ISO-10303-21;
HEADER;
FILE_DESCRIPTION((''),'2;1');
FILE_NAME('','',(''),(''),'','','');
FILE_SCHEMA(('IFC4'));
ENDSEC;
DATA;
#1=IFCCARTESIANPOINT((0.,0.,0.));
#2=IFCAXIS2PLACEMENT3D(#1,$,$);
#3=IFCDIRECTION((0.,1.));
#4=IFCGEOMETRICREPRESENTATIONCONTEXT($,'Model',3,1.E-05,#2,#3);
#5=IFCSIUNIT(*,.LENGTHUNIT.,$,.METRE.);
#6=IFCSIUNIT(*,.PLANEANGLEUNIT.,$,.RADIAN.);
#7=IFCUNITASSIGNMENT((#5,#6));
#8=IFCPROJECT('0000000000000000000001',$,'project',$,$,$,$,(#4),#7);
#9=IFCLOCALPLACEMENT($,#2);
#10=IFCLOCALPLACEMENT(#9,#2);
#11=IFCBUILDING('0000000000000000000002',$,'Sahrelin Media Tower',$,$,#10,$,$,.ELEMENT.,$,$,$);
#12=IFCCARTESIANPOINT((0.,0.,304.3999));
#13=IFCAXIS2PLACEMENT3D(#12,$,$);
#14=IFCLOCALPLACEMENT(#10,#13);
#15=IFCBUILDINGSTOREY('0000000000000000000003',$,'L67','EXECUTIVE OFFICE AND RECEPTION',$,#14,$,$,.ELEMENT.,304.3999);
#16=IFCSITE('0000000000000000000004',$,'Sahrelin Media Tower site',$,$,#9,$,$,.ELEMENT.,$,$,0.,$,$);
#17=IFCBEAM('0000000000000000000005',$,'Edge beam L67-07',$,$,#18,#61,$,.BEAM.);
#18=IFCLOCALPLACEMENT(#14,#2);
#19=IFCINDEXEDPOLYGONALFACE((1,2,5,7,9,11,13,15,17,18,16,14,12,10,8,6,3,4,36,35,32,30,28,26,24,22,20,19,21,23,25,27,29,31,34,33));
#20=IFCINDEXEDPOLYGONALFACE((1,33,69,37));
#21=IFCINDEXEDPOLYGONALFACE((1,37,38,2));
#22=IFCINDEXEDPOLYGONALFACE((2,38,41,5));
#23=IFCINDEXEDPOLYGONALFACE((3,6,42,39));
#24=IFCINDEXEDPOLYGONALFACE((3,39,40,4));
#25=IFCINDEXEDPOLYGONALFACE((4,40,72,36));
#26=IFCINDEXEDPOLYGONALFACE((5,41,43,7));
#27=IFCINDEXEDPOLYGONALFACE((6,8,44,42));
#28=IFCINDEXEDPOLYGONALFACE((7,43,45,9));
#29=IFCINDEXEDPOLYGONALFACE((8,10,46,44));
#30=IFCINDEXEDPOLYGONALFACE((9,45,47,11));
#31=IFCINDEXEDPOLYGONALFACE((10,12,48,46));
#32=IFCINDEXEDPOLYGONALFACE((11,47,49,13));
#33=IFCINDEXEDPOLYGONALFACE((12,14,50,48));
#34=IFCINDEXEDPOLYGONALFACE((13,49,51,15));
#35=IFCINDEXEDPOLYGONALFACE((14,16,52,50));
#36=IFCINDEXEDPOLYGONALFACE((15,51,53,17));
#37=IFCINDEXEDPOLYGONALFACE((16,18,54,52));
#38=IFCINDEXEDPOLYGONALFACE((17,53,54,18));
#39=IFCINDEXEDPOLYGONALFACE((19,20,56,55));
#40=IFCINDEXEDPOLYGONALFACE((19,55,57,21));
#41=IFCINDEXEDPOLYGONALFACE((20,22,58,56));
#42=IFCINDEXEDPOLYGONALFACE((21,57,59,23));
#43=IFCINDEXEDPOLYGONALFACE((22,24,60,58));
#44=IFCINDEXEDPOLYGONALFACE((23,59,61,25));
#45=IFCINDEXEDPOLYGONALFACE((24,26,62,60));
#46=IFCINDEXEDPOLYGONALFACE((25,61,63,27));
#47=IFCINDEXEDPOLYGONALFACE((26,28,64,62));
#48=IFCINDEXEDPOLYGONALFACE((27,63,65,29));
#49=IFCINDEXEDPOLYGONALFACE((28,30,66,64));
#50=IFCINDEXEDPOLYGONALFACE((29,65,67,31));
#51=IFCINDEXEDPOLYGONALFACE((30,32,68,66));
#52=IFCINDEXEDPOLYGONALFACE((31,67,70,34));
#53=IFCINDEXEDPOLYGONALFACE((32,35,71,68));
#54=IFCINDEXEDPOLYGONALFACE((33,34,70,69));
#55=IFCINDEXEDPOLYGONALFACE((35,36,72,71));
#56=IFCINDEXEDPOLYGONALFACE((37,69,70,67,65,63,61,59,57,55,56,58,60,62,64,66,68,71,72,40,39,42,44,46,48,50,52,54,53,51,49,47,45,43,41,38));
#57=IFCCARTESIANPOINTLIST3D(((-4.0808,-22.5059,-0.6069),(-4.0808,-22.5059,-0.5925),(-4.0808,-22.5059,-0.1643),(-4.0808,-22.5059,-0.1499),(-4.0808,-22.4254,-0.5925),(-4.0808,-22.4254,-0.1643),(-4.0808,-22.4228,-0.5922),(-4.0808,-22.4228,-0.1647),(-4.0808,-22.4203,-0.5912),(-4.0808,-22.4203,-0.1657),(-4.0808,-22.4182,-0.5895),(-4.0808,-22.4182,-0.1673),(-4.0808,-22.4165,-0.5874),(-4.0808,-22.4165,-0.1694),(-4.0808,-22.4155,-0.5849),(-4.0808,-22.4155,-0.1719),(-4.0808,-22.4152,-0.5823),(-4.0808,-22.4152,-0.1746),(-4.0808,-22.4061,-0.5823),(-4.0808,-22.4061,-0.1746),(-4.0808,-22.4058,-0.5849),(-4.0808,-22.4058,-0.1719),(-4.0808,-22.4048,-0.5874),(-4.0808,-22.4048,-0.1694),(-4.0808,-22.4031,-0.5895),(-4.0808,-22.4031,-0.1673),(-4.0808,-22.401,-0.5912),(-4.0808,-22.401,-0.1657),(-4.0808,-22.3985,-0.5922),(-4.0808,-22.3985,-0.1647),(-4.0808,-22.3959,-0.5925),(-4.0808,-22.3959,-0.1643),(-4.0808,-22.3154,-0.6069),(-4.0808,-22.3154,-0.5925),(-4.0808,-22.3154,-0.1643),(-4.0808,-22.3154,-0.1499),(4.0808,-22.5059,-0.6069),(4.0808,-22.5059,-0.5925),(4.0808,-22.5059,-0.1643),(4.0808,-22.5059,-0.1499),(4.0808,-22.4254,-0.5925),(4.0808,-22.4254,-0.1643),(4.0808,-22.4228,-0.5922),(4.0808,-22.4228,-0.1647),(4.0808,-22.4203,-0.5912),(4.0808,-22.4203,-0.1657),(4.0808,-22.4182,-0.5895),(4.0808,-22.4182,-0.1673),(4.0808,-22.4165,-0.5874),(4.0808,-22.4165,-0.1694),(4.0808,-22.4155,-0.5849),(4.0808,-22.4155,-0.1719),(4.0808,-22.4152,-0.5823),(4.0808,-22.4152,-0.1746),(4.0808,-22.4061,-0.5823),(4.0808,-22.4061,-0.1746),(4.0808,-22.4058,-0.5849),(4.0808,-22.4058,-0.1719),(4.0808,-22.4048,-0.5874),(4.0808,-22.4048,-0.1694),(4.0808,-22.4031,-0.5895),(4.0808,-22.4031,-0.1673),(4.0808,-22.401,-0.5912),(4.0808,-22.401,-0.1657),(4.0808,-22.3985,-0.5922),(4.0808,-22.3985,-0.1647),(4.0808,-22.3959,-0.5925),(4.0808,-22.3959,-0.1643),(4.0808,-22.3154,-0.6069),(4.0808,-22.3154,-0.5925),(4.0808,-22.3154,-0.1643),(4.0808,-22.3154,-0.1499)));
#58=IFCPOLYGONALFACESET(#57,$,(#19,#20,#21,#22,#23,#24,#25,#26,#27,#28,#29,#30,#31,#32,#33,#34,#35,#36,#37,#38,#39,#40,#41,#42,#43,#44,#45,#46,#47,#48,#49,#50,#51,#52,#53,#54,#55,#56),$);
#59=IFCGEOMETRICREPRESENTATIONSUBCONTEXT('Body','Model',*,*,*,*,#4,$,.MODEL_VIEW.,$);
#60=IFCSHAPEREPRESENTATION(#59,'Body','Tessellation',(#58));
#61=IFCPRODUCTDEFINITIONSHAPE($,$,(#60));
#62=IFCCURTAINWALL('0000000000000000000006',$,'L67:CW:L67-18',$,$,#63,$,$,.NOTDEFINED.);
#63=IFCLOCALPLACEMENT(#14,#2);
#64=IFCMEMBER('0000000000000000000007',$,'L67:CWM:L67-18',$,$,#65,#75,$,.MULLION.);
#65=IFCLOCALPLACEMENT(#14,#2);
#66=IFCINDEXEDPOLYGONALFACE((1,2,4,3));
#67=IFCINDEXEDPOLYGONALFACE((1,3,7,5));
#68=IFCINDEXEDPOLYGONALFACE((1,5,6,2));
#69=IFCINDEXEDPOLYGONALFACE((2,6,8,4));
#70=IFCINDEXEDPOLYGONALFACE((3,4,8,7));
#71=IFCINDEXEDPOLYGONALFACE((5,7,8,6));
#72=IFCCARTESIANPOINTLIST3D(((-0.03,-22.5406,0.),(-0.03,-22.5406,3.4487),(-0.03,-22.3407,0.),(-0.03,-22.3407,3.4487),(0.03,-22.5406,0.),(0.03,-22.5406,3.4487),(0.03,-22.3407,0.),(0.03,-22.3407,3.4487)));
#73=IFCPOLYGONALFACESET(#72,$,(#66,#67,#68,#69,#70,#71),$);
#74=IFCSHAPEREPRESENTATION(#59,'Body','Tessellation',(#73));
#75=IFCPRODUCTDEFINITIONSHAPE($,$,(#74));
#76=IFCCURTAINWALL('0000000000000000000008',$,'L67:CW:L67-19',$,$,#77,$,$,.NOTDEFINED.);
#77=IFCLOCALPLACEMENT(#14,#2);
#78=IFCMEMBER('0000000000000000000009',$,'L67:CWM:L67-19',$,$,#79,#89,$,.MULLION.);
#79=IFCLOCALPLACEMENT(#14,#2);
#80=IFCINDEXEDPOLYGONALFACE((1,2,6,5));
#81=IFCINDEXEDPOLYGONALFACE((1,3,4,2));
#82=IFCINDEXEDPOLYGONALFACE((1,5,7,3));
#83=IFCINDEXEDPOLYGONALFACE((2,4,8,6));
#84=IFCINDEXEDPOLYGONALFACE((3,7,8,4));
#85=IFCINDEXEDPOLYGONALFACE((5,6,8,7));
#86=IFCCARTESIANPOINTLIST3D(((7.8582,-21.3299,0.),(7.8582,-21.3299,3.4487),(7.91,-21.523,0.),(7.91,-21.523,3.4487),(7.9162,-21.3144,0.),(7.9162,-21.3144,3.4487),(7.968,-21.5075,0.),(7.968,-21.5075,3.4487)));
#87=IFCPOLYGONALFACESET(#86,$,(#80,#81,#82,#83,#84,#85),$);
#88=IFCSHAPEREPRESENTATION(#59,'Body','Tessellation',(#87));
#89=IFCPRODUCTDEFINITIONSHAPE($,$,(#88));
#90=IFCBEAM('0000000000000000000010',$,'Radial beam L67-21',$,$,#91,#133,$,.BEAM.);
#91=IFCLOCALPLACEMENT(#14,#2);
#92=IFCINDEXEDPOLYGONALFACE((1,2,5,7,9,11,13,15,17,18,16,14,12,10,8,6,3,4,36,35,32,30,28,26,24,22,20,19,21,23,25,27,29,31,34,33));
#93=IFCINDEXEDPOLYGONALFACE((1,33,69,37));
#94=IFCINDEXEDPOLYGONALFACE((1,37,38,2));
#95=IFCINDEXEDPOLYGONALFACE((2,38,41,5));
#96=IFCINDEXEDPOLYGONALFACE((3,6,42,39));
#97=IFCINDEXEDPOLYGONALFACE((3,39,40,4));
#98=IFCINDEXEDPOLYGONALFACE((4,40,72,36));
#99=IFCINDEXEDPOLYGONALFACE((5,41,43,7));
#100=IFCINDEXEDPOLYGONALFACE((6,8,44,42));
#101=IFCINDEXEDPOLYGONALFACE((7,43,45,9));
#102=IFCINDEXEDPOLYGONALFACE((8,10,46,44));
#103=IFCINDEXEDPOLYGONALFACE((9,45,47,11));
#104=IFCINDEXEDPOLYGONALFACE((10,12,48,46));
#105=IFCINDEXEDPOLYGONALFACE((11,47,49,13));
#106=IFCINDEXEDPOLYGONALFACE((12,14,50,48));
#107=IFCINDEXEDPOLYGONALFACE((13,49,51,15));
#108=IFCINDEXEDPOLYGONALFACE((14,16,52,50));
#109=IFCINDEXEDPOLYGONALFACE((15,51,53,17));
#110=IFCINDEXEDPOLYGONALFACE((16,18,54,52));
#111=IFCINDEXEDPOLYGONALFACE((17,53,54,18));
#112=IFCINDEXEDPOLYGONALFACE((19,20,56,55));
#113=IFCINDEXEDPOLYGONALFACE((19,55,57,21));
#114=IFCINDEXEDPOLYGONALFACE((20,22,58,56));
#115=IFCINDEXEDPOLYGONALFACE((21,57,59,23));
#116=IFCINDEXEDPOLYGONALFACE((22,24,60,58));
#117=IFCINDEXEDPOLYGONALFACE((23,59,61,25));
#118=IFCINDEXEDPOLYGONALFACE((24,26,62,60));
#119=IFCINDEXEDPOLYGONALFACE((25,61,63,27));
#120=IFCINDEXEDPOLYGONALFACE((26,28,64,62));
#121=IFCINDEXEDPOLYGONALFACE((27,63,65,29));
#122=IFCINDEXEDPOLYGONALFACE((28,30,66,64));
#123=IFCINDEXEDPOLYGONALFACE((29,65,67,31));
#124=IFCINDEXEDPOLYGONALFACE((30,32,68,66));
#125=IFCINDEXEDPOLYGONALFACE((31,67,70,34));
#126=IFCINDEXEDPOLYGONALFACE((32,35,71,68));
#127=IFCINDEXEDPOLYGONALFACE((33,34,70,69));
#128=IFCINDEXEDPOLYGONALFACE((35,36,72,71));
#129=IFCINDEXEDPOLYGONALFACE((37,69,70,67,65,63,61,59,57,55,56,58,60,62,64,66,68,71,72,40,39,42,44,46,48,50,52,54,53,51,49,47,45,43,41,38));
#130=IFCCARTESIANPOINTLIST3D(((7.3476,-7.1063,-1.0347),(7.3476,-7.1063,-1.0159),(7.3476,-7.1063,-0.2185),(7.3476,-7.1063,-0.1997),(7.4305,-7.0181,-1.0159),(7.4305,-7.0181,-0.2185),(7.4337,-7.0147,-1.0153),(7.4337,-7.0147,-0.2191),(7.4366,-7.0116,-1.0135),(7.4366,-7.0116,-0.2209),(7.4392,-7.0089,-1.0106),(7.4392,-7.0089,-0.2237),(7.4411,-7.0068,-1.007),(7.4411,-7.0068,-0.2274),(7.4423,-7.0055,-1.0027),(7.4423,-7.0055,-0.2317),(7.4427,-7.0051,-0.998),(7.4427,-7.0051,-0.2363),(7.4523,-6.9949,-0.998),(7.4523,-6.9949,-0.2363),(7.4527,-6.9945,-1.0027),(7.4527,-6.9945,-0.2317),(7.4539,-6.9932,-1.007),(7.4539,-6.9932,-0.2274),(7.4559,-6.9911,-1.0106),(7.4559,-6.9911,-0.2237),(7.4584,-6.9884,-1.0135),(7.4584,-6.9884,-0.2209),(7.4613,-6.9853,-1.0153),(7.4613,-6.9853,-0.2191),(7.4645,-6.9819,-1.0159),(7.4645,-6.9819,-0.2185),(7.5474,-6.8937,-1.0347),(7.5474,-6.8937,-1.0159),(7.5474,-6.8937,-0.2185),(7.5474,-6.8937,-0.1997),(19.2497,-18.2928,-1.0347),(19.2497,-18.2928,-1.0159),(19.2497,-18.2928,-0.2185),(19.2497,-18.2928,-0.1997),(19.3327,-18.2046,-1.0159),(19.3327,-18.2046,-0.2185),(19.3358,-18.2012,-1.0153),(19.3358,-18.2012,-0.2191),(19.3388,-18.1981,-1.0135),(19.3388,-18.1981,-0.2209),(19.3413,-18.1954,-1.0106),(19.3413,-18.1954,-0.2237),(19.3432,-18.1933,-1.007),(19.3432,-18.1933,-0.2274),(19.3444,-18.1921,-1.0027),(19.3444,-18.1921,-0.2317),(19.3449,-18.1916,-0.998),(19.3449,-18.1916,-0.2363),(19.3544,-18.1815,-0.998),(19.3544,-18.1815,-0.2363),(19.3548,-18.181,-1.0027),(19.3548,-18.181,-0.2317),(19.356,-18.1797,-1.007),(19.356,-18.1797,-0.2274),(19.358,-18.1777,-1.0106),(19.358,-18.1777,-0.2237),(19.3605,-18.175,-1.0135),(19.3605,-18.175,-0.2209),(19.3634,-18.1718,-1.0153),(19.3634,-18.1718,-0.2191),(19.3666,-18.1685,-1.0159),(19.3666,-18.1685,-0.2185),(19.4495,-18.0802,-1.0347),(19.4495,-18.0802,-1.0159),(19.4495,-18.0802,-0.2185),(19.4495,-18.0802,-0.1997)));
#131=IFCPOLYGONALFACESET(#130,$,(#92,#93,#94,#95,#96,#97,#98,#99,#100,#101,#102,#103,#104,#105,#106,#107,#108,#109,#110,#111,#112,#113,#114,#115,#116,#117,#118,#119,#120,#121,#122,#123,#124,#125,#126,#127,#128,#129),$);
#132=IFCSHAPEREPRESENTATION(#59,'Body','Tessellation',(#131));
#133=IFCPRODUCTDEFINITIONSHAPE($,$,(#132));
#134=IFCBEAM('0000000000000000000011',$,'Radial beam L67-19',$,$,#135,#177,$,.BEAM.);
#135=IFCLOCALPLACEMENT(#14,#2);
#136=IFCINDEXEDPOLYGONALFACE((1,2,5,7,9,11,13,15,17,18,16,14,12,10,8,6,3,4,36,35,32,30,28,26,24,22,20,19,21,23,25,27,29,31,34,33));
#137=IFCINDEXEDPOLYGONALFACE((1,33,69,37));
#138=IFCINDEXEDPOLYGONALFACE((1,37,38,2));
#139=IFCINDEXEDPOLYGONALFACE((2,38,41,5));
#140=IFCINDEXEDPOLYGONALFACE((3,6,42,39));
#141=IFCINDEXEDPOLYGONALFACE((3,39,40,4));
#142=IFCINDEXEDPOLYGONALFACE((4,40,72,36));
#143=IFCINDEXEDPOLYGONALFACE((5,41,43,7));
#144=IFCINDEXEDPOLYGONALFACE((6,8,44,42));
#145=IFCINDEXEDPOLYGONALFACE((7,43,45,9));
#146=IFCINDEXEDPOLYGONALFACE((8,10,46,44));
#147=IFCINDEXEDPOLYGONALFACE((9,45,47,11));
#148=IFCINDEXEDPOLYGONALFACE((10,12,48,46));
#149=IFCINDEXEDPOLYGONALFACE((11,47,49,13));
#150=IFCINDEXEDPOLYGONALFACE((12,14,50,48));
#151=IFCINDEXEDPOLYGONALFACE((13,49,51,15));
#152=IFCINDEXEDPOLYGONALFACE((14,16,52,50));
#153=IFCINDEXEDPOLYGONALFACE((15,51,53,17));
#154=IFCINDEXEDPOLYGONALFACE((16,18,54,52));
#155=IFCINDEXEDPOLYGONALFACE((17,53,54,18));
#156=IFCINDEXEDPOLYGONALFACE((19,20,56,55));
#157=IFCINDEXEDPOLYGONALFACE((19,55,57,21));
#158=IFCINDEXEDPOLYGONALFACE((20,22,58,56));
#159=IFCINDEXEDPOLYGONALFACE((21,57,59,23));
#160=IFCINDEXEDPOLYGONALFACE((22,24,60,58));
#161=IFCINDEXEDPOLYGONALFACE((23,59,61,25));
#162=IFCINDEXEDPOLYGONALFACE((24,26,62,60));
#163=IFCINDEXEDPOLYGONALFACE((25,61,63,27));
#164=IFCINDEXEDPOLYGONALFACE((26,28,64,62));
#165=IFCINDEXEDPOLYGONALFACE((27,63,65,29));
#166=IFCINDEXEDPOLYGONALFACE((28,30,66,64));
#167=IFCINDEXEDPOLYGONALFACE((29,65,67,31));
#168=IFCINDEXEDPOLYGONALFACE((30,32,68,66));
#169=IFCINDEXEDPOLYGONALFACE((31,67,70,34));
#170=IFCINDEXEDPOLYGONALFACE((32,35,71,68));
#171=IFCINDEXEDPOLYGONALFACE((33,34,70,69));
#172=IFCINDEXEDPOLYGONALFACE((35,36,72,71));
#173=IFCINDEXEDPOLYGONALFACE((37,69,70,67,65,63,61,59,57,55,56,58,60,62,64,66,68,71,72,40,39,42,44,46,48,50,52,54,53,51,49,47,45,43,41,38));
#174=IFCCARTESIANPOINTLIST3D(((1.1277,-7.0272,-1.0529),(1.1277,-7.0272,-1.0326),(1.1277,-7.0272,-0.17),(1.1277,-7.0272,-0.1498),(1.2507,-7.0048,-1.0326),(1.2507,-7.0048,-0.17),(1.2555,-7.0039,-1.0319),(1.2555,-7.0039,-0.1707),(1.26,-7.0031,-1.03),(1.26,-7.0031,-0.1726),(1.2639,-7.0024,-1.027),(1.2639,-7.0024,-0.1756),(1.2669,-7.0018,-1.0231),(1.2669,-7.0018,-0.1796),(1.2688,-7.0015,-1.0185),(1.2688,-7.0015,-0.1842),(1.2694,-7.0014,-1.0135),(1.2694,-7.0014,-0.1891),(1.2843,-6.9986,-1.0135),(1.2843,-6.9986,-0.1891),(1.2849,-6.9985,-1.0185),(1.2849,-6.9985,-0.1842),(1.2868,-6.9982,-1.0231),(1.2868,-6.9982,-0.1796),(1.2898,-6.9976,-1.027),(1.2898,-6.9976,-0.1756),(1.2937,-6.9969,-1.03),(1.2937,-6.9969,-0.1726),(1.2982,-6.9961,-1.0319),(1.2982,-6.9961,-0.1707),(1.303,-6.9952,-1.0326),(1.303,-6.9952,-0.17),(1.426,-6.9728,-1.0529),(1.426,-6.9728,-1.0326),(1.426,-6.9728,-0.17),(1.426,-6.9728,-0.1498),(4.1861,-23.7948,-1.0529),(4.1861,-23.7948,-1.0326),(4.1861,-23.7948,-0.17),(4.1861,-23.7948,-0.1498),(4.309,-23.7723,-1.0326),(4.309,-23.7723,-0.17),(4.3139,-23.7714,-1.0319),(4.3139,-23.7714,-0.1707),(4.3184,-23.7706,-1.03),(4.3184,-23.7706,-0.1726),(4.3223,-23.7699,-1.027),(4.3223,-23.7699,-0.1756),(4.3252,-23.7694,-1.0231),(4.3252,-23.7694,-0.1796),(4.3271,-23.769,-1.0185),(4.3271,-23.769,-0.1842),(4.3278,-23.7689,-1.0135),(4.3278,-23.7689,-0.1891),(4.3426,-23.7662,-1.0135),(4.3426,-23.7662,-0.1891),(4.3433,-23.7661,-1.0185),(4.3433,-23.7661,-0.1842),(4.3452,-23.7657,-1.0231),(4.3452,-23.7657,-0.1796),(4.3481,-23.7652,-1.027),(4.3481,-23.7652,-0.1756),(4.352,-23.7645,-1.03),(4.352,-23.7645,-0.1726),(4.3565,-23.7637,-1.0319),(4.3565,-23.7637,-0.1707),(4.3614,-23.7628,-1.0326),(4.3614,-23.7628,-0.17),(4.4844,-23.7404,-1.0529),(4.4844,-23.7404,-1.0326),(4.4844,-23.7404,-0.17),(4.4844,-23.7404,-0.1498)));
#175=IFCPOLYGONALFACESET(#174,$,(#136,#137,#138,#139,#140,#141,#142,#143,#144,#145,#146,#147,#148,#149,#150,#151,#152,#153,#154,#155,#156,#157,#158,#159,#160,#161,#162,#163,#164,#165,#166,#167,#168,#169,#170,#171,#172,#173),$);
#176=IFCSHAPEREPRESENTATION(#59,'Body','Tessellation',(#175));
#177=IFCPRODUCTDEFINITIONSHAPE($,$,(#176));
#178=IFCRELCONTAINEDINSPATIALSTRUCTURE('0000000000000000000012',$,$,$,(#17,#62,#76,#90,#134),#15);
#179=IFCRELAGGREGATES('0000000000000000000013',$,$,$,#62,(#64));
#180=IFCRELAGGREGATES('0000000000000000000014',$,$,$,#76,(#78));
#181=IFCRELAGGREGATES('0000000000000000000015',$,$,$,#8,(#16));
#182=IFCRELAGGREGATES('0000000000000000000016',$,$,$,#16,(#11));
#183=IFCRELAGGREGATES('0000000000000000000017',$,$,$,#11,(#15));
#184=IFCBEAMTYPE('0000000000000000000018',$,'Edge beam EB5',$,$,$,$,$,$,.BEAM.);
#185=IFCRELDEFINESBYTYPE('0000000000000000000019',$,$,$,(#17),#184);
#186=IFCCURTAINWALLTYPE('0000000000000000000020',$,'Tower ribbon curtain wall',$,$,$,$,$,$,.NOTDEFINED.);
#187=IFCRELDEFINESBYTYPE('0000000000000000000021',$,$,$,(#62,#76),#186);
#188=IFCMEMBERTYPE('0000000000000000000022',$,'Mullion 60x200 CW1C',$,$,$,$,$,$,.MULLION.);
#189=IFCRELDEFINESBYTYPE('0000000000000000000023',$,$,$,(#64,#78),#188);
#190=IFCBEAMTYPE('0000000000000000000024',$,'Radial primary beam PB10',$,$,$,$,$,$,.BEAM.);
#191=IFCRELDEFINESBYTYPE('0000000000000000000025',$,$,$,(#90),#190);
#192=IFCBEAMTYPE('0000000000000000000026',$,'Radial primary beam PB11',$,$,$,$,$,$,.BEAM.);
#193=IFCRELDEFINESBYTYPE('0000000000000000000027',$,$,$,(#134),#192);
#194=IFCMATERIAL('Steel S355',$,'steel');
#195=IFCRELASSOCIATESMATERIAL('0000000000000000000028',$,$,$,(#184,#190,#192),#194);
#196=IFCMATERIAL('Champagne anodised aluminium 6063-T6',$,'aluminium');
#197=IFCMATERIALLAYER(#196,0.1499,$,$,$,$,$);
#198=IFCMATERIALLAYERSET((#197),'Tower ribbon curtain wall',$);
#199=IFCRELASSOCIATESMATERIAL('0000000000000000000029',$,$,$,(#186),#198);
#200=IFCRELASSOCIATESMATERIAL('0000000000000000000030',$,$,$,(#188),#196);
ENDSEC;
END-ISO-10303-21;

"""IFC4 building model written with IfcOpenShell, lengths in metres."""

from ifc_helpers import new_model, si_unit, direction, frame, origin, origin_2d, place, context, subcontext, project, spatial, rectangle, i_section, extrude, material, layer, layer_set, material_profile, profile_set, type_object, element, aggregate, save


model = new_model("IFC4")

# Units and contexts
model_context = context("Model", 3, precision=1e-05, world=origin(), true_north=direction((0.0, 1.0)))
body_context = subcontext(model_context, "Body", "Model", "MODEL_VIEW")
ifc_project = project(units=[si_unit("LENGTHUNIT", "METRE"), si_unit("PLANEANGLEUNIT", "RADIAN")], contexts=[model_context])

# Site, building, storey
site_placement = place(None, origin())
site = spatial("IfcSite", under=ifc_project, at=site_placement, Name="Sahrelin Media Tower site", CompositionType="ELEMENT", RefElevation=0.0)
building_placement = place(site_placement, origin())
building = spatial("IfcBuilding", under=site, at=building_placement, Name="Sahrelin Media Tower", CompositionType="ELEMENT")
storey_placement = place(building_placement, frame((0.0, 0.0, 304.3999)))
storey = spatial("IfcBuildingStorey", under=building, at=storey_placement, Name="L67", Description="EXECUTIVE OFFICE AND RECEPTION", CompositionType="ELEMENT", Elevation=304.3999)

# Beam
ifc_material_1 = material(Name="Steel S355", Category="steel")
ifc_material_profile_1 = material_profile(ifc_material_1, i_section(OverallWidth=0.1904, OverallDepth=0.457, WebThickness=0.009, FlangeThickness=0.0144, FilletRadius=0.0103, at=origin_2d()), Name="UB 457x191x74")
ifc_profile_set_1 = profile_set([ifc_material_profile_1], Name="Steel S355")
beam_type_1 = type_object("IfcBeamType", Name="Edge beam EB5", PredefinedType="BEAM", material=ifc_profile_set_1)
beam_1_placement = place(storey_placement, frame((4.0808, -22.4106, -0.3784), z_axis=(-1.0, 0.0, 0.0), x_axis=(0.0, -1.0, 0.0)))
element("IfcBeam", 1, at=beam_1_placement, inside=storey, type_object=beam_type_1, Name="Edge beam L67-07", PredefinedType="BEAM", context=body_context, shape_type="SweptSolid", body=[
    extrude(i_section(OverallWidth=0.1904, OverallDepth=0.457, WebThickness=0.009, FlangeThickness=0.0144, FilletRadius=0.0103, at=origin_2d()), origin(), (0.0, 0.0, 1.0), 8.1616),
])

# Curtain walls, members
ifc_material_2 = material(Name="Champagne anodised aluminium 6063-T6", Category="aluminium")
ifc_layer_1 = layer(ifc_material_2, 0.1499)
ifc_layer_set_1 = layer_set([ifc_layer_1], Name="Tower ribbon curtain wall")
curtain_wall_type = type_object("IfcCurtainWallType", Name="Tower ribbon curtain wall", PredefinedType="NOTDEFINED", material=ifc_layer_set_1)
curtain_wall_1_placement = place(storey_placement, frame((0.0, -22.5608, 0.0), z_axis=(0.0, 0.0, 1.0), x_axis=(1.0, 0.0, 0.0)))
curtain_wall_1 = element("IfcCurtainWall", 2, at=curtain_wall_1_placement, inside=storey, type_object=curtain_wall_type, Name="L67:CW:L67-18", PredefinedType="NOTDEFINED")
ifc_material_profile_2 = material_profile(ifc_material_2, rectangle(XDim=0.0601, YDim=0.2, at=origin_2d()), Name="Mullion 60x200")
ifc_profile_set_2 = profile_set([ifc_material_profile_2], Name="Champagne anodised aluminium 6063-T6")
member_type_1 = type_object("IfcMemberType", Name="Mullion 60x200 CW1C", PredefinedType="MULLION", material=ifc_profile_set_2)
member_1_placement = place(storey_placement, frame((0.0, -22.4407, 0.0), z_axis=(0.0, 0.0, 1.0), x_axis=(1.0, 0.0, 0.0)))
member_1 = element("IfcMember", 3, at=member_1_placement, type_object=member_type_1, Name="L67:CWM:L67-18", PredefinedType="MULLION", context=body_context, shape_type="SweptSolid", body=[
    extrude(rectangle(XDim=0.0601, YDim=0.2, at=origin_2d()), origin(), (0.0, 0.0, 1.0), 3.4487),
])
aggregate(curtain_wall_1, [member_1])
curtain_wall_2_placement = place(storey_placement, frame((7.9441, -21.5347, 0.0), z_axis=(0.0, 0.0, 1.0), x_axis=(1.0, 0.0, 0.0)))
curtain_wall_2 = element("IfcCurtainWall", 4, at=curtain_wall_2_placement, inside=storey, type_object=curtain_wall_type, Name="L67:CW:L67-19", PredefinedType="NOTDEFINED")
member_2_placement = place(storey_placement, frame((7.9131, -21.4187, 0.0), z_axis=(0.0, 0.0, 1.0), x_axis=(0.965925, 0.258821, 0.0)))
member_2 = element("IfcMember", 5, at=member_2_placement, type_object=member_type_1, Name="L67:CWM:L67-19", PredefinedType="MULLION", context=body_context, shape_type="SweptSolid", body=[
    extrude(rectangle(XDim=0.0601, YDim=0.2, at=origin_2d()), origin(), (0.0, 0.0, 1.0), 3.4487),
])

# Beams
ifc_material_profile_3 = material_profile(ifc_material_1, i_section(OverallWidth=0.2917, OverallDepth=0.835, WebThickness=0.0139, FlangeThickness=0.0188, FilletRadius=0.0178, at=origin_2d()), Name="UB 838x292x176")
ifc_profile_set_3 = profile_set([ifc_material_profile_3], Name="Steel S355")
beam_type_2 = type_object("IfcBeamType", Name="Radial primary beam PB10", PredefinedType="BEAM", material=ifc_profile_set_3)
beam_2_placement = place(storey_placement, frame((7.4475, -7.0, -0.6172), z_axis=(0.728672, -0.684863, 0.0), x_axis=(0.684863, 0.728672, 0.0)))
element("IfcBeam", 6, at=beam_2_placement, inside=storey, type_object=beam_type_2, Name="Radial beam L67-21", PredefinedType="BEAM", context=body_context, shape_type="SweptSolid", body=[
    extrude(i_section(OverallWidth=0.2917, OverallDepth=0.835, WebThickness=0.0139, FlangeThickness=0.0188, FilletRadius=0.0178, at=origin_2d()), origin(), (0.0, 0.0, 1.0), 16.334),
])
ifc_material_profile_4 = material_profile(ifc_material_1, i_section(OverallWidth=0.3032, OverallDepth=0.9031, WebThickness=0.0151, FlangeThickness=0.0203, FilletRadius=0.019, at=origin_2d()), Name="UB 914x305x201")
ifc_profile_set_4 = profile_set([ifc_material_profile_4], Name="Steel S355")
beam_type_3 = type_object("IfcBeamType", Name="Radial primary beam PB11", PredefinedType="BEAM", material=ifc_profile_set_4)
beam_3_placement = place(storey_placement, frame((1.2769, -7.0, -0.6013), z_axis=(0.179436, -0.98377, 0.0), x_axis=(0.98377, 0.179436, 0.0)))
element("IfcBeam", 7, at=beam_3_placement, inside=storey, type_object=beam_type_3, Name="Radial beam L67-19", PredefinedType="BEAM", context=body_context, shape_type="SweptSolid", body=[
    extrude(i_section(OverallWidth=0.3032, OverallDepth=0.9031, WebThickness=0.0151, FlangeThickness=0.0203, FilletRadius=0.019, at=origin_2d()), origin(), (0.0, 0.0, 1.0), 17.0442),
])

aggregate(curtain_wall_2, [member_2])

save(model, "model.ifc")
